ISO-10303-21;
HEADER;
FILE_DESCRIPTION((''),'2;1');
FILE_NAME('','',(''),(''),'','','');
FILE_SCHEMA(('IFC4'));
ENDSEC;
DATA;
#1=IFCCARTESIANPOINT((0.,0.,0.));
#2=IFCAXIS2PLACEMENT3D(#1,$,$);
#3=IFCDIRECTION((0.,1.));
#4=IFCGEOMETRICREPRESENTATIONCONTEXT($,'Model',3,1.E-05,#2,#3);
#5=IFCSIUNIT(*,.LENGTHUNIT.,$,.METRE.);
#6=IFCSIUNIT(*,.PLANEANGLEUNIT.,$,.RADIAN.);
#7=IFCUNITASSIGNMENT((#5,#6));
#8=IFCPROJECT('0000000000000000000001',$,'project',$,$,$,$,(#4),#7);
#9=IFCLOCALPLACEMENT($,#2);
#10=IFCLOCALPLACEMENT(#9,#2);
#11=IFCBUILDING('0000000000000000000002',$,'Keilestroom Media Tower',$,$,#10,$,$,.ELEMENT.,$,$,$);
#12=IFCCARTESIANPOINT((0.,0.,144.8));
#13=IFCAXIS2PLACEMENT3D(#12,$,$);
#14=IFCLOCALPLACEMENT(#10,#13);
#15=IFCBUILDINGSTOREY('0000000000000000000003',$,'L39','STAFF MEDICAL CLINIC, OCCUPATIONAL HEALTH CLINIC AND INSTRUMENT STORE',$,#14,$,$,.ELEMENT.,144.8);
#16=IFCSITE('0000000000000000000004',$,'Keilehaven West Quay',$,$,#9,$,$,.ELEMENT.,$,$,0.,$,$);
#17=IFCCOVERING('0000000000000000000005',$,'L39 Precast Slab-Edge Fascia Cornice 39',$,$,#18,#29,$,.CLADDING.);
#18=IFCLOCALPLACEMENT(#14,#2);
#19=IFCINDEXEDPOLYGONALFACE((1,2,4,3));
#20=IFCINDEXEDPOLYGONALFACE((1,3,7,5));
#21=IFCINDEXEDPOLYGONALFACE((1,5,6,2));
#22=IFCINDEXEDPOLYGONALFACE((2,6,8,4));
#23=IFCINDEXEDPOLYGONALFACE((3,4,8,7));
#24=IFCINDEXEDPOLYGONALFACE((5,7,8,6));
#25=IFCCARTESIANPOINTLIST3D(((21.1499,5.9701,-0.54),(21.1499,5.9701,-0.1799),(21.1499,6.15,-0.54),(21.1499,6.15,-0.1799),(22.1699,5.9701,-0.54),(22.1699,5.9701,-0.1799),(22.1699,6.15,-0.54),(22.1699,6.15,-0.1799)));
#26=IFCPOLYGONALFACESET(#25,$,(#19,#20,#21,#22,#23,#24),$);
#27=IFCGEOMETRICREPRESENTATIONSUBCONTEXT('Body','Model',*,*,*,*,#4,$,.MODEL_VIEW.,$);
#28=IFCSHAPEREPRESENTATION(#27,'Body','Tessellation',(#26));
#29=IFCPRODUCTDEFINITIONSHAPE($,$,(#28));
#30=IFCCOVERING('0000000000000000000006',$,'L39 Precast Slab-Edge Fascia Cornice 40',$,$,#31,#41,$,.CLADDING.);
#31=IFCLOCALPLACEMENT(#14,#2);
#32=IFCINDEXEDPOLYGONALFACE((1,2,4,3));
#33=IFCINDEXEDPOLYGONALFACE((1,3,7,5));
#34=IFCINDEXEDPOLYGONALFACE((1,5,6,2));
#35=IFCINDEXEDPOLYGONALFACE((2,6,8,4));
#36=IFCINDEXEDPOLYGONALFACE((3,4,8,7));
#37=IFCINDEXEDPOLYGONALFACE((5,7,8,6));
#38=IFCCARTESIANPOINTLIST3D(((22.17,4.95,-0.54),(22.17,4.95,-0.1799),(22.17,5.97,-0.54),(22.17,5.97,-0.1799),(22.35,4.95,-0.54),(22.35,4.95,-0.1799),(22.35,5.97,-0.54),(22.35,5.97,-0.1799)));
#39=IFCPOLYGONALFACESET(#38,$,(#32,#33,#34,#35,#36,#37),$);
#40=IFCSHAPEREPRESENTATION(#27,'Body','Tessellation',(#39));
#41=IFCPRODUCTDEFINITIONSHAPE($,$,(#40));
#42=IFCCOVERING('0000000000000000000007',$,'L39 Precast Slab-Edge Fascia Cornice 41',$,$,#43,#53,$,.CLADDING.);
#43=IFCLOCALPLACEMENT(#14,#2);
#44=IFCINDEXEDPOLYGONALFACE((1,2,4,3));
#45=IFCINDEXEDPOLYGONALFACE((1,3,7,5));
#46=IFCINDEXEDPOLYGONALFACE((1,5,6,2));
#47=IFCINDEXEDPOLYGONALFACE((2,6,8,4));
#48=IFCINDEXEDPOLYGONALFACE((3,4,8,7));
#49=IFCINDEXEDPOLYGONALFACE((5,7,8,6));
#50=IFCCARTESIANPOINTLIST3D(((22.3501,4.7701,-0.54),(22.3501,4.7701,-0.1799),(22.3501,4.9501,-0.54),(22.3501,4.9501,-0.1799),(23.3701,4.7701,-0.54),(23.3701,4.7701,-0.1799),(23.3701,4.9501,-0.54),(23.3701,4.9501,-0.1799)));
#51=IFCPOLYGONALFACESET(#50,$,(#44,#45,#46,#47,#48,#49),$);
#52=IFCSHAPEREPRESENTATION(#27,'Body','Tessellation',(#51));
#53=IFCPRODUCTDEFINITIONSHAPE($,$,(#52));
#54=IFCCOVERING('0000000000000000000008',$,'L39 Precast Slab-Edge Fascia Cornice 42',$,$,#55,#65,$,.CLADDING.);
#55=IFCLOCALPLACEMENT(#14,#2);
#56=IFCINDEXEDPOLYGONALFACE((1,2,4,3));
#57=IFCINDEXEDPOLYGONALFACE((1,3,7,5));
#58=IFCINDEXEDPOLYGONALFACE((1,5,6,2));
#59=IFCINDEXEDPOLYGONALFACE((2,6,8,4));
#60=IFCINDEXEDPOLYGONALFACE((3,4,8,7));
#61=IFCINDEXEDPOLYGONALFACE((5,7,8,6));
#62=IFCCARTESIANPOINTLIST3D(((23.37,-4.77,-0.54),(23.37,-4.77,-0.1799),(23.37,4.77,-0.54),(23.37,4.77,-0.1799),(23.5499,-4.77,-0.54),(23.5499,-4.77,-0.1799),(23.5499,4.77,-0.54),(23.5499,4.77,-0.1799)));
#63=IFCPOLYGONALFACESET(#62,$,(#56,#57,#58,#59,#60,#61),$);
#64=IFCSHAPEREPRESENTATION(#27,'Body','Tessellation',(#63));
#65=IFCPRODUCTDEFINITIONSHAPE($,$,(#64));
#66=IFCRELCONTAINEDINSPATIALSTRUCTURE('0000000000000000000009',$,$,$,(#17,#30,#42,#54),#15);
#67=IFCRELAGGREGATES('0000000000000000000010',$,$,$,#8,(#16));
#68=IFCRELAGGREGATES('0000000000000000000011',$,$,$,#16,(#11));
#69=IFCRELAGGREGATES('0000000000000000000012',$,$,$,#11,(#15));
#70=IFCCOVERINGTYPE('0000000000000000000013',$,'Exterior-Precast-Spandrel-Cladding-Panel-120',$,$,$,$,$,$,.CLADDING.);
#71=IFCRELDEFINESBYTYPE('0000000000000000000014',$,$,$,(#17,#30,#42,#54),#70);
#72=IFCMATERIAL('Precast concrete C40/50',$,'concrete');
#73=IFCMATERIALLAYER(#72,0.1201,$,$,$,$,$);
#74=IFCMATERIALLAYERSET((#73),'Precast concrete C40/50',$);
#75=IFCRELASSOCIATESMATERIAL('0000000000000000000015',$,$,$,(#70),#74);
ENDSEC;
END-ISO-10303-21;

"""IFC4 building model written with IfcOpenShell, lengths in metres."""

from ifc_helpers import new_model, si_unit, direction, frame, origin, origin_2d, place, context, subcontext, project, spatial, rectangle, extrude, source, transform, mapped, material, layer, layer_set, type_object, element, save


model = new_model("IFC4")

# Units and contexts
model_context = context("Model", 3, precision=1e-05, world=origin(), true_north=direction((0.0, 1.0)))
body_context = subcontext(model_context, "Body", "Model", "MODEL_VIEW")
ifc_project = project(units=[si_unit("LENGTHUNIT", "METRE"), si_unit("PLANEANGLEUNIT", "RADIAN")], contexts=[model_context])

# Site, building, storey
site_placement = place(None, origin())
site = spatial("IfcSite", under=ifc_project, at=site_placement, Name="Keilehaven West Quay", CompositionType="ELEMENT", RefElevation=0.0)
building_placement = place(site_placement, origin())
building = spatial("IfcBuilding", under=site, at=building_placement, Name="Keilestroom Media Tower", CompositionType="ELEMENT")
storey_placement = place(building_placement, frame((0.0, 0.0, 144.8)))
storey = spatial("IfcBuildingStorey", under=building, at=storey_placement, Name="L39", Description="STAFF MEDICAL CLINIC, OCCUPATIONAL HEALTH CLINIC AND INSTRUMENT STORE", CompositionType="ELEMENT", Elevation=144.8)

# Shared definitions
ifc_material_1 = material(Name="Precast concrete C40/50", Category="concrete")

# Coverings
ifc_layer_1 = layer(ifc_material_1, 0.1201)
ifc_layer_set_1 = layer_set([ifc_layer_1], Name="Precast concrete C40/50")
covering_type = type_object("IfcCoveringType", Name="Exterior-Precast-Spandrel-Cladding-Panel-120", PredefinedType="CLADDING", material=ifc_layer_set_1)
shared_shape_1 = source(origin(), body_context, "Body", "SweptSolid", [
    extrude(rectangle(XDim=1.02, YDim=0.1799, at=origin_2d()), origin(), (0.0, 0.0, 1.0), 0.3601),
])
for number, where, z_axis, x_axis, name in (
    (1, (21.6599, 6.0601, -0.54), (0.0, 0.0, 1.0), (1.0, 0.0, 0.0), "L39 Precast Slab-Edge Fascia Cornice 39"),
    (2, (22.26, 5.46, -0.54), (0.0, 0.0, 1.0), (0.0, -1.0, 0.0), "L39 Precast Slab-Edge Fascia Cornice 40"),
    (3, (22.8601, 4.8601, -0.54), (0.0, 0.0, 1.0), (1.0, 0.0, 0.0), "L39 Precast Slab-Edge Fascia Cornice 41"),
):
    element("IfcCovering", number, at=place(storey_placement, frame(where, z_axis=z_axis, x_axis=x_axis)), inside=storey, type_object=covering_type, Name=name, PredefinedType="CLADDING", context=body_context, shape_type="MappedRepresentation", body=[
        mapped(shared_shape_1, transform((0.0, 0.0, 0.0), x_axis=(1.0, 0.0, 0.0), y_axis=(0.0, 1.0, 0.0), z_axis=(0.0, 0.0, 1.0), scale=1.0)),
    ])
shared_shape_2 = source(origin(), body_context, "Body", "SweptSolid", [
    extrude(rectangle(XDim=9.54, YDim=0.1799, at=origin_2d()), origin(), (0.0, 0.0, 1.0), 0.3601),
])
covering_placement = place(storey_placement, frame((23.46, 0.0, -0.54), z_axis=(0.0, 0.0, 1.0), x_axis=(0.0, -1.0, 0.0)))
element("IfcCovering", 4, at=covering_placement, inside=storey, type_object=covering_type, Name="L39 Precast Slab-Edge Fascia Cornice 42", PredefinedType="CLADDING", context=body_context, shape_type="MappedRepresentation", body=[
    mapped(shared_shape_2, transform((0.0, 0.0, 0.0), x_axis=(1.0, 0.0, 0.0), y_axis=(0.0, 1.0, 0.0), z_axis=(0.0, 0.0, 1.0), scale=1.0)),
])

save(model, "model.ifc")
